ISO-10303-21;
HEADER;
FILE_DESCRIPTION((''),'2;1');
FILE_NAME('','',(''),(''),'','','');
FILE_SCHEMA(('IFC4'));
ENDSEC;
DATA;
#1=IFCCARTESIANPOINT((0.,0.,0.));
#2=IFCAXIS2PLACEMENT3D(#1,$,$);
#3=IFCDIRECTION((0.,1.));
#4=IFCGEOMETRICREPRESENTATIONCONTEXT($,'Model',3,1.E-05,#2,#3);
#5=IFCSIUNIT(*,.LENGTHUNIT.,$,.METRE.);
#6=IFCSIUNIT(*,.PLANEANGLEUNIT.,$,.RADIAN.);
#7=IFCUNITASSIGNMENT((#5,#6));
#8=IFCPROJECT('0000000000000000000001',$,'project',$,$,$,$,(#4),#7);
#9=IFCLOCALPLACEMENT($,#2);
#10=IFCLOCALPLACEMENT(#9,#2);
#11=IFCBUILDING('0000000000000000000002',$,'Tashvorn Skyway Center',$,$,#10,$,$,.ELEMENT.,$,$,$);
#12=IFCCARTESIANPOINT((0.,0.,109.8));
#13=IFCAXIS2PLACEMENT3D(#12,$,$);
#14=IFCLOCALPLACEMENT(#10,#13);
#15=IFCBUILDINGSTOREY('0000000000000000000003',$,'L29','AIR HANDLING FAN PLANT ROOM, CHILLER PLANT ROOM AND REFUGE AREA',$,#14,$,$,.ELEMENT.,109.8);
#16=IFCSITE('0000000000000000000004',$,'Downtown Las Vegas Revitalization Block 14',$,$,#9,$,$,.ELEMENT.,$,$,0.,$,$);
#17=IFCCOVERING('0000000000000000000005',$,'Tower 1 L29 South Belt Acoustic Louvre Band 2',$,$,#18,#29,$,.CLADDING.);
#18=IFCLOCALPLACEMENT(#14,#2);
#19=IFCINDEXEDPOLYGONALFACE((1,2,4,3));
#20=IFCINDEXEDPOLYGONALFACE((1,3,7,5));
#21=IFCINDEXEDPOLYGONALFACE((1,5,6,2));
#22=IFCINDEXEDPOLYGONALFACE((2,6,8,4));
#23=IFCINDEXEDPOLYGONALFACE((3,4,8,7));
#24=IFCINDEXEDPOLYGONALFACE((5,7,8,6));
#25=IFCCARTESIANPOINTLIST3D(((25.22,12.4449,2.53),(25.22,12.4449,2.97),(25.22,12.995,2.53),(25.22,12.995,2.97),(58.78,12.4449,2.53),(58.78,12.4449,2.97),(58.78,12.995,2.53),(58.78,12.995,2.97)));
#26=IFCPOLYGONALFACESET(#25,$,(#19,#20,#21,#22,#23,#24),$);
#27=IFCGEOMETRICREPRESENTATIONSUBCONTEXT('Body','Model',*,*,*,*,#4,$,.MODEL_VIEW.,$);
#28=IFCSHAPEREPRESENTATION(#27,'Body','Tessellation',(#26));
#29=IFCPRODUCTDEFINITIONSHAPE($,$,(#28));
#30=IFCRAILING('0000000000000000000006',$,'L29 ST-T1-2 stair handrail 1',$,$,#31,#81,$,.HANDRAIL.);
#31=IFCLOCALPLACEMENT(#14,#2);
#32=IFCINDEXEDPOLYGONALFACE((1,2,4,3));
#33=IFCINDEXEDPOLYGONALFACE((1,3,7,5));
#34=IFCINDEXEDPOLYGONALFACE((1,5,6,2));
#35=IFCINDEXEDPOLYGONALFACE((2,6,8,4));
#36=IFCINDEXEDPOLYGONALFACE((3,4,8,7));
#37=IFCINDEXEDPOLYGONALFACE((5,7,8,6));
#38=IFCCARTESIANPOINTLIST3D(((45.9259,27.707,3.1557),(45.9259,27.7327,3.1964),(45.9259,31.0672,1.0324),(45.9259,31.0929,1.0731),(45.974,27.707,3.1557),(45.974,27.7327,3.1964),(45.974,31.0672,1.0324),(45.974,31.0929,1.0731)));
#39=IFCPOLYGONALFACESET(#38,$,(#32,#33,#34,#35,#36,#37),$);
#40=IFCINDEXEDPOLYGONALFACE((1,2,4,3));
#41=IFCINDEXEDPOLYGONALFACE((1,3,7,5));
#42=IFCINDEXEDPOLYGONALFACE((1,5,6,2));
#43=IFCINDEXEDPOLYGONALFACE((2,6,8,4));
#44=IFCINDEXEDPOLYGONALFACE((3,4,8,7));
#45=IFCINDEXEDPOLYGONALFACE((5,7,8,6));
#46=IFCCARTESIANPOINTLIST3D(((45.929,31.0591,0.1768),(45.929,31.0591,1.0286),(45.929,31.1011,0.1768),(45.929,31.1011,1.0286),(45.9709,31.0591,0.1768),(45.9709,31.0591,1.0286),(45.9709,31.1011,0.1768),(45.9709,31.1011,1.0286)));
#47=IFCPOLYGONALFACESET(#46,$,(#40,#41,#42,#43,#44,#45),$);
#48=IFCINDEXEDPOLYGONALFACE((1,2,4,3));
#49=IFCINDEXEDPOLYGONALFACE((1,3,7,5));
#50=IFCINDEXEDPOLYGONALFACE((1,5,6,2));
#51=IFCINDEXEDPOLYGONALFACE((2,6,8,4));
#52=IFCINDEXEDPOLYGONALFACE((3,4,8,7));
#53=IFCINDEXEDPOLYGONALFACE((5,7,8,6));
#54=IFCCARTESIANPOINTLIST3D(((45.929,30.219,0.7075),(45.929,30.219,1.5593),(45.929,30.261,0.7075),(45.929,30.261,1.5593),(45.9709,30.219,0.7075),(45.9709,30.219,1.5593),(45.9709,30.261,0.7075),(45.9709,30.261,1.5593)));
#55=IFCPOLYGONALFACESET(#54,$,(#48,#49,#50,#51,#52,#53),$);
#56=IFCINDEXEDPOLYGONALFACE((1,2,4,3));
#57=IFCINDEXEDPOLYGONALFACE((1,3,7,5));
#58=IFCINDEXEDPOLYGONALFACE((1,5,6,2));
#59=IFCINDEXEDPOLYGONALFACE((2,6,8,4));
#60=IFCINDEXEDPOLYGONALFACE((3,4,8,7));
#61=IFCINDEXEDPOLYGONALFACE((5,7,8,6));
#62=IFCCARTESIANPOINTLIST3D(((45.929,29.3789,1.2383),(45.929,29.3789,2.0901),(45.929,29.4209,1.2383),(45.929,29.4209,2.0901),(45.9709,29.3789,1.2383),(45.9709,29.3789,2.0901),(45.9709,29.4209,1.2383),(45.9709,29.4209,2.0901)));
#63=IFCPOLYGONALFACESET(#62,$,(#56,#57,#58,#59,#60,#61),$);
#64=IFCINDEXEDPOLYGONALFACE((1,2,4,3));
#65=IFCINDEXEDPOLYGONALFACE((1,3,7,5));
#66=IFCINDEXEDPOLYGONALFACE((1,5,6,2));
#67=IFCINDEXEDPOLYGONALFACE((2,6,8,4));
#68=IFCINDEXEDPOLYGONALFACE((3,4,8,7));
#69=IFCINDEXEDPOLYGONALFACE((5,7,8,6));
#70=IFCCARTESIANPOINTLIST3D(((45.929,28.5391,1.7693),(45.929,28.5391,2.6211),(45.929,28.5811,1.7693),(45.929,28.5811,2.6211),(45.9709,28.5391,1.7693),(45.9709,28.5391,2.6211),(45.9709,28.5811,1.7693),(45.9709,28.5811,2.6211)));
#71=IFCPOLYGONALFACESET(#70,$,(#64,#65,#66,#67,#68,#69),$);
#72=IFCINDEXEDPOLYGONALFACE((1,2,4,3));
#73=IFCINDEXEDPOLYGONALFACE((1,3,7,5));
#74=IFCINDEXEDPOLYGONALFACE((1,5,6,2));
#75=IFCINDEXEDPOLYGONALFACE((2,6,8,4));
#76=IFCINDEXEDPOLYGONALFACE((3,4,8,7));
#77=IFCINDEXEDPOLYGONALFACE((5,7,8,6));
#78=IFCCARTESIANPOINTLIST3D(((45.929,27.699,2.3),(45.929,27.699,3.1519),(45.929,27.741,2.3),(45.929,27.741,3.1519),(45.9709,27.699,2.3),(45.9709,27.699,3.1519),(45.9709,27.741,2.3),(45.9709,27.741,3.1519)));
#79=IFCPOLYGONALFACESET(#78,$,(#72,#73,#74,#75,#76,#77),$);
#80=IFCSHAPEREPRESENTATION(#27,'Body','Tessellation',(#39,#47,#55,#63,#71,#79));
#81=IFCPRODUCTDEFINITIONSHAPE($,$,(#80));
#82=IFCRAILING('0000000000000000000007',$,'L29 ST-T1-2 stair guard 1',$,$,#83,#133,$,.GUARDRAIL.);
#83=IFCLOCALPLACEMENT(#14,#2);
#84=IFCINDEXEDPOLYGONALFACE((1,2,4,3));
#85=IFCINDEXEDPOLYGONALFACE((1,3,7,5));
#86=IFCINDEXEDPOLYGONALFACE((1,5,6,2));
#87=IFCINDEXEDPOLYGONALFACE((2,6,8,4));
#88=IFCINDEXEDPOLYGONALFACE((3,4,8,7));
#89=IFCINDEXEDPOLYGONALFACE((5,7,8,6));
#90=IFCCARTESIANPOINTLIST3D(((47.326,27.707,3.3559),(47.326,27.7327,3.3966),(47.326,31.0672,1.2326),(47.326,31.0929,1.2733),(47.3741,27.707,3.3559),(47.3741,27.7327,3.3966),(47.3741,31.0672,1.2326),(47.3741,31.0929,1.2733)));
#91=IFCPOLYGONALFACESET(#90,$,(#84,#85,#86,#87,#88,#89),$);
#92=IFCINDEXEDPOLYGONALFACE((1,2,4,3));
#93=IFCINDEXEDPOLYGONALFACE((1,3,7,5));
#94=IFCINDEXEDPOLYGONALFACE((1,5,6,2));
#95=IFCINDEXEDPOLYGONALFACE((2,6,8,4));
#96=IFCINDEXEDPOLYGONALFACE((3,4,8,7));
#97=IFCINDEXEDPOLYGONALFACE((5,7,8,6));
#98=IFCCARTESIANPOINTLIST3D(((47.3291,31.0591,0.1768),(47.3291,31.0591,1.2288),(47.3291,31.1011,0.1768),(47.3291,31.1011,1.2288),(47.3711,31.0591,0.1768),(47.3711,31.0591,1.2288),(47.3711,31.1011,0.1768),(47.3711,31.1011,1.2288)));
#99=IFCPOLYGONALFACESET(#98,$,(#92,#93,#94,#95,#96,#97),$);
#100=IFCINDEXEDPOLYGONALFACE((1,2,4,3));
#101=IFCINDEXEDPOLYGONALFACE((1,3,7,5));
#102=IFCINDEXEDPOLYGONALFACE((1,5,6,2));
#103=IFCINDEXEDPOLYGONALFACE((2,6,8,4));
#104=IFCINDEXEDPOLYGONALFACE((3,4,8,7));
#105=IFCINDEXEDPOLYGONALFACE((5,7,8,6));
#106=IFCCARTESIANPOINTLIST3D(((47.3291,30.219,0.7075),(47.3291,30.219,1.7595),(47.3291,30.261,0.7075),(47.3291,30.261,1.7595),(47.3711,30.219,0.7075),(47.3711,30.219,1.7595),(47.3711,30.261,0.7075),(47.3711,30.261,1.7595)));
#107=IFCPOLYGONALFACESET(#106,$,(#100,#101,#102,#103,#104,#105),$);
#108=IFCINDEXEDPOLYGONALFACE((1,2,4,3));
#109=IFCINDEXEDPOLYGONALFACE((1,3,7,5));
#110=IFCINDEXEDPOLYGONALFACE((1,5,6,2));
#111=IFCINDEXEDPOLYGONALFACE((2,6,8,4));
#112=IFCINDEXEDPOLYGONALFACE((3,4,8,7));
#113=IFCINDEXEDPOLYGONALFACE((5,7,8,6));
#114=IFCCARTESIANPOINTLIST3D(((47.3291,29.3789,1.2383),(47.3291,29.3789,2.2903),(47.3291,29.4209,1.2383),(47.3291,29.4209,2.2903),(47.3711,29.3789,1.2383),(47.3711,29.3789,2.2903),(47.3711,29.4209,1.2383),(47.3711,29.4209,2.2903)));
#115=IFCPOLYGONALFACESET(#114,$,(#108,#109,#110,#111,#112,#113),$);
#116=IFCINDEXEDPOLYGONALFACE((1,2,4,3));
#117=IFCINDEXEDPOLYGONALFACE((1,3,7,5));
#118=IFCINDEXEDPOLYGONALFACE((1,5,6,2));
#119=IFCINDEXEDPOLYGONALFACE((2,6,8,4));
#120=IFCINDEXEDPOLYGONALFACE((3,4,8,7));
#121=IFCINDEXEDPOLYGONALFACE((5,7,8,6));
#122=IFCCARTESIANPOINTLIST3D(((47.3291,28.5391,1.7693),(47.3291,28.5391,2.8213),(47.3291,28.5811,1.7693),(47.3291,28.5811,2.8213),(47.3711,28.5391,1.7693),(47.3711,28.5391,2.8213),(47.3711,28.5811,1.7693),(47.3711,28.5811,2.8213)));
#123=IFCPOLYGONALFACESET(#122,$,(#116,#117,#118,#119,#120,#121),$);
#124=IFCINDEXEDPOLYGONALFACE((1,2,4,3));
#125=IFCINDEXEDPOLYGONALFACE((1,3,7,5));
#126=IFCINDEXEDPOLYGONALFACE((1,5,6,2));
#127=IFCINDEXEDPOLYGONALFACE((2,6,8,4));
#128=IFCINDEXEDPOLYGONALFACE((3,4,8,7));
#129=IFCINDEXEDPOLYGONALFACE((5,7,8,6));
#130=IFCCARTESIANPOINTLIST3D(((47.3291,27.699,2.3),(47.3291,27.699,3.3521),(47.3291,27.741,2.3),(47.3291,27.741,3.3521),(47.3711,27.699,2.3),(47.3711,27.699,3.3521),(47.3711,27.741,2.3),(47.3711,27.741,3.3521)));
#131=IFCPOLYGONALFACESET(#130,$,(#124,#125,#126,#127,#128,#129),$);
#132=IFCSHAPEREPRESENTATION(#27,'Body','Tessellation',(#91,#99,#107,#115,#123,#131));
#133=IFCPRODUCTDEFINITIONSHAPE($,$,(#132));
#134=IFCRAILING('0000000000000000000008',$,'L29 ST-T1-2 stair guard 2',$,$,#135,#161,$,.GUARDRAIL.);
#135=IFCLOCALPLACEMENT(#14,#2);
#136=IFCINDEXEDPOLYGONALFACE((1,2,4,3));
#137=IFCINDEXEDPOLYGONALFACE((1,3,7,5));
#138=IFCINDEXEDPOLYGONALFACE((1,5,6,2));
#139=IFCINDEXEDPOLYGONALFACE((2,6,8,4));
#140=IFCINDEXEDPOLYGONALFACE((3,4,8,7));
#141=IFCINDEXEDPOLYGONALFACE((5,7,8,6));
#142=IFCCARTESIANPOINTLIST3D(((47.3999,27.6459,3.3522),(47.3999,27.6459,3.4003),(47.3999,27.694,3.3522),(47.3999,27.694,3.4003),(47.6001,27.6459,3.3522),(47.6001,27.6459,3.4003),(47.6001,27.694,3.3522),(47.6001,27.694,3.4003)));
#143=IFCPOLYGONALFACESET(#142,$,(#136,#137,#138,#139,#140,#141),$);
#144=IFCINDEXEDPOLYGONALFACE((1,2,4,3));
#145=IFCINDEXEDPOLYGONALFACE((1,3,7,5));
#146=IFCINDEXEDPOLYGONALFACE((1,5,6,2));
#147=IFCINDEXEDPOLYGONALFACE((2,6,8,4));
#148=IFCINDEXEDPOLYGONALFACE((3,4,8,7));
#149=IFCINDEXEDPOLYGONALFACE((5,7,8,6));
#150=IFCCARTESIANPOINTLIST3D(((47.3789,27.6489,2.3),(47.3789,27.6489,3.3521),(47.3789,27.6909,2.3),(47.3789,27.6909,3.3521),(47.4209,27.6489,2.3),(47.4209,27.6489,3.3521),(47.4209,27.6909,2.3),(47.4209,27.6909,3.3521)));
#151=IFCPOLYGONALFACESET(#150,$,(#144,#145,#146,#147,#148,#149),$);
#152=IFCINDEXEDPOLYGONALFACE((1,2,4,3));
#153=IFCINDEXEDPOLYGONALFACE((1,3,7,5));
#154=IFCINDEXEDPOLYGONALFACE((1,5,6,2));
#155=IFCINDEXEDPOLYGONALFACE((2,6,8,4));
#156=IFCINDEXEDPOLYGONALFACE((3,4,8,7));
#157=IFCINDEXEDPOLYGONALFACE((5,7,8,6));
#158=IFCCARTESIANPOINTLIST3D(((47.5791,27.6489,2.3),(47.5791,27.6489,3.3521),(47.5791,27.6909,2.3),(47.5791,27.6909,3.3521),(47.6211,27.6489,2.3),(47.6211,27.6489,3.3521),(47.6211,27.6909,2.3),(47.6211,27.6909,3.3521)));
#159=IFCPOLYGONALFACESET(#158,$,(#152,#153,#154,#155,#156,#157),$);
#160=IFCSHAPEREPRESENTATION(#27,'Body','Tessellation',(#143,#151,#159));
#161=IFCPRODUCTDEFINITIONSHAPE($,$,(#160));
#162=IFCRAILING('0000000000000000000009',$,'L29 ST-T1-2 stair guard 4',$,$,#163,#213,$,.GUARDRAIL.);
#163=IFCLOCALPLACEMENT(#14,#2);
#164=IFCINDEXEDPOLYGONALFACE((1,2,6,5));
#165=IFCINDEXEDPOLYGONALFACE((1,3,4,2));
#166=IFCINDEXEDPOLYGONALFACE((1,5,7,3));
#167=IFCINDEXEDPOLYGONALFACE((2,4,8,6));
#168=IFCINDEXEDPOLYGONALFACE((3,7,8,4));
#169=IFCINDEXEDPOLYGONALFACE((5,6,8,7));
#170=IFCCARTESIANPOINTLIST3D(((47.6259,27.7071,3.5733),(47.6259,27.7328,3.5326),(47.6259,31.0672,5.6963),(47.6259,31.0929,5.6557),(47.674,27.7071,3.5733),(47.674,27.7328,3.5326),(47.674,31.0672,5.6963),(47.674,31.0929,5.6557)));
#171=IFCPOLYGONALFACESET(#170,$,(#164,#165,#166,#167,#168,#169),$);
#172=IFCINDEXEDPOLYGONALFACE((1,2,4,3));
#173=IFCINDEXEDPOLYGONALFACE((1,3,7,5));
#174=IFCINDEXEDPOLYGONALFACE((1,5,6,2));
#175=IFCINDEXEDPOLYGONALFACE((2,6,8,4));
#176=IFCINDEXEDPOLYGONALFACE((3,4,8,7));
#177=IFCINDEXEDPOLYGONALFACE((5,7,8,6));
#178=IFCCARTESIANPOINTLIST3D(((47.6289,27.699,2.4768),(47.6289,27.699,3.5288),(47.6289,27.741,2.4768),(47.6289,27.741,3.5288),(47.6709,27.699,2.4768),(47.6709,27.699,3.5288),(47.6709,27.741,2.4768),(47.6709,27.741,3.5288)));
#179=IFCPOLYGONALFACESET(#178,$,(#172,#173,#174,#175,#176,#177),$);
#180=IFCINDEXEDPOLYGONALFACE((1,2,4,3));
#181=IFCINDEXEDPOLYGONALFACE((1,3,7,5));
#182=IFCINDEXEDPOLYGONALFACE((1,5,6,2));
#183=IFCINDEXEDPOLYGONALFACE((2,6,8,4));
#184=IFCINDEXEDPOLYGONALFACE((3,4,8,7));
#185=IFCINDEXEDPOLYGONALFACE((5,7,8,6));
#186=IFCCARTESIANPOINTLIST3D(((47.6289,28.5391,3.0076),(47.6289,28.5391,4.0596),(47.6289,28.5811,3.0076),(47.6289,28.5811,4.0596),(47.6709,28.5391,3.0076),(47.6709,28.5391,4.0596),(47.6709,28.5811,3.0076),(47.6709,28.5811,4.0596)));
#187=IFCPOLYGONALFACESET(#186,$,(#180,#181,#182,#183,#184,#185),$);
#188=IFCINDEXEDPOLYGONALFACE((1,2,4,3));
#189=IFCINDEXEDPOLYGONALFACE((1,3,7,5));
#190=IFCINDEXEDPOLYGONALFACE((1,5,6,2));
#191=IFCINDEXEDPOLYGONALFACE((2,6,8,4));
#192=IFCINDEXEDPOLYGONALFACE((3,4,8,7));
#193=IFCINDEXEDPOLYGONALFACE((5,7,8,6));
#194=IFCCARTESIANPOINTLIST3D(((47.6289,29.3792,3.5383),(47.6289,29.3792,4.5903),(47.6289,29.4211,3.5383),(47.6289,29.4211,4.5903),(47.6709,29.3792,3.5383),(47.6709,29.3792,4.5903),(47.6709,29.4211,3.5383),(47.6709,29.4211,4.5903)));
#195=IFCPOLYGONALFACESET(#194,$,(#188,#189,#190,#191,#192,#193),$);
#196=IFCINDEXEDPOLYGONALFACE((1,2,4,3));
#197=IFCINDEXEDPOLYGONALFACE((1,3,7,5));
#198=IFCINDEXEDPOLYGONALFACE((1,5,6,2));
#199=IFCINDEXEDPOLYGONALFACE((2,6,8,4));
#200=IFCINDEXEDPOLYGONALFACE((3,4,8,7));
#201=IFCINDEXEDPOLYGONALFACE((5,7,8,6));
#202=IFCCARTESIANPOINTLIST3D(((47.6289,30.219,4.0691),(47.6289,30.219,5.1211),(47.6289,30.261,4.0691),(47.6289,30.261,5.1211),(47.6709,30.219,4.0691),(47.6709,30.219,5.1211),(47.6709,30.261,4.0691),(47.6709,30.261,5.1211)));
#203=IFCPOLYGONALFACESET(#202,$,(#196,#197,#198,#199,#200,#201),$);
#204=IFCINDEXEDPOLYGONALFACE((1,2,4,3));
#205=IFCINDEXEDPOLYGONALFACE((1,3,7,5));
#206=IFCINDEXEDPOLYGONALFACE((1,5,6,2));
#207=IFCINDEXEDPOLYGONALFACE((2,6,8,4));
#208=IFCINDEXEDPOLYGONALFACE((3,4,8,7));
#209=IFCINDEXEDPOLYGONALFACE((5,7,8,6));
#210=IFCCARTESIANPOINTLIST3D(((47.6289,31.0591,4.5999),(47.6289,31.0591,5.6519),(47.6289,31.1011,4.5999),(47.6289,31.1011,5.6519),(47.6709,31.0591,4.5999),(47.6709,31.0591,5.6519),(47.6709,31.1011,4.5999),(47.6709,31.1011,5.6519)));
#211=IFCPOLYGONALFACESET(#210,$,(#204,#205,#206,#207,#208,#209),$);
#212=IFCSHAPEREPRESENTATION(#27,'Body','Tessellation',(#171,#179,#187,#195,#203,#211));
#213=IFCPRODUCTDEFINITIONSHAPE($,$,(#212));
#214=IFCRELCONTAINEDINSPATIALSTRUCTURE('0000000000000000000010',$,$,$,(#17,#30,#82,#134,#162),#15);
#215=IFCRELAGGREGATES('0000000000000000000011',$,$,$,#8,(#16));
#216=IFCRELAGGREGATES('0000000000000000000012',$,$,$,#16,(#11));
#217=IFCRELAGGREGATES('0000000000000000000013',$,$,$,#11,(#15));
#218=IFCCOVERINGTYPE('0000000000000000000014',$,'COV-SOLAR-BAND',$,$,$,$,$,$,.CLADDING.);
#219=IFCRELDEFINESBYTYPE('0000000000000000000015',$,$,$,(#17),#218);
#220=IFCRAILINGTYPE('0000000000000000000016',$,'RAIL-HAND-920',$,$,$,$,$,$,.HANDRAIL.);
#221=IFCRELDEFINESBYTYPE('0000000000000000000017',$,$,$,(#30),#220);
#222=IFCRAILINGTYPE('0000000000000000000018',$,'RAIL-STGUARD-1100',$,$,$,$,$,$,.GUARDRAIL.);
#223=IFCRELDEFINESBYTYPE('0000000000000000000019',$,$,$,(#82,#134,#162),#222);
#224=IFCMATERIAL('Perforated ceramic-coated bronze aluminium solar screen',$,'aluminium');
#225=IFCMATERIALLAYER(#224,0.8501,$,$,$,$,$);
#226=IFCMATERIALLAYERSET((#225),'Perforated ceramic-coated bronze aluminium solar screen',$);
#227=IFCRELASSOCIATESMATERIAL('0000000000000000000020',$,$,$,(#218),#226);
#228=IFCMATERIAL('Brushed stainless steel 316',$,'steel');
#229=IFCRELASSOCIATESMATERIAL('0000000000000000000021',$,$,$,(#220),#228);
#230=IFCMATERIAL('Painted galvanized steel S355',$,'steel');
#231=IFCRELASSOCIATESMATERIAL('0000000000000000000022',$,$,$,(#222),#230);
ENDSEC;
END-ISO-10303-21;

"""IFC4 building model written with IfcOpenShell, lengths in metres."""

from ifc_helpers import new_model, si_unit, direction, frame, origin, origin_2d, place, context, subcontext, project, spatial, rectangle, extrude, material, layer, layer_set, type_object, element, save


model = new_model("IFC4")

# Units and contexts
model_context = context("Model", 3, precision=1e-05, world=origin(), true_north=direction((0.0, 1.0)))
body_context = subcontext(model_context, "Body", "Model", "MODEL_VIEW")
ifc_project = project(units=[si_unit("LENGTHUNIT", "METRE"), si_unit("PLANEANGLEUNIT", "RADIAN")], contexts=[model_context])

# Site, building, storey
site_placement = place(None, origin())
site = spatial("IfcSite", under=ifc_project, at=site_placement, Name="Downtown Las Vegas Revitalization Block 14", CompositionType="ELEMENT", RefElevation=0.0)
building_placement = place(site_placement, origin())
building = spatial("IfcBuilding", under=site, at=building_placement, Name="Tashvorn Skyway Center", CompositionType="ELEMENT")
storey_placement = place(building_placement, frame((0.0, 0.0, 109.8)))
storey = spatial("IfcBuildingStorey", under=building, at=storey_placement, Name="L29", Description="AIR HANDLING FAN PLANT ROOM, CHILLER PLANT ROOM AND REFUGE AREA", CompositionType="ELEMENT", Elevation=109.8)

# Covering
ifc_material_1 = material(Name="Perforated ceramic-coated bronze aluminium solar screen", Category="aluminium")
ifc_layer_1 = layer(ifc_material_1, 0.8501)
ifc_layer_set_1 = layer_set([ifc_layer_1], Name="Perforated ceramic-coated bronze aluminium solar screen")
covering_type = type_object("IfcCoveringType", Name="COV-SOLAR-BAND", PredefinedType="CLADDING", material=ifc_layer_set_1)
for number, where, z_axis, x_axis, name in (
    (1, (42.0, 12.72, 2.53), (0.0, 0.0, 1.0), (-1.0, 0.0, 0.0), "Tower 1 L29 South Belt Acoustic Louvre Band 2"),
):
    element("IfcCovering", number, at=place(storey_placement, frame(where, z_axis=z_axis, x_axis=x_axis)), inside=storey, type_object=covering_type, Name=name, PredefinedType="CLADDING", context=body_context, shape_type="SweptSolid", body=[
        extrude(rectangle(XDim=33.5601, YDim=0.55, at=origin_2d()), origin(), (0.0, 0.0, 1.0), 0.4399),
    ])

# Railings
ifc_material_2 = material(Name="Brushed stainless steel 316", Category="steel")
railing_type_1 = type_object("IfcRailingType", Name="RAIL-HAND-920", PredefinedType="HANDRAIL", material=ifc_material_2)
railing_1_placement = place(storey_placement, frame((45.95, 31.0801, 0.1768)))
element("IfcRailing", 2, at=railing_1_placement, inside=storey, type_object=railing_type_1, Name="L29 ST-T1-2 stair handrail 1", PredefinedType="HANDRAIL", context=body_context, shape_type="SweptSolid", body=[
    extrude(rectangle(XDim=0.0481, YDim=0.0481, at=origin_2d()), frame((0.0, 0.0, 0.876), z_axis=(0.0, -0.845362, 0.534194), x_axis=(1.0, 0.0, 0.0)), (0.0, 0.0, 1.0), 3.9749),
    extrude(rectangle(XDim=0.042, YDim=0.042, at=origin_2d()), origin(), (0.0, 0.0, 1.0), 0.8518),
    extrude(rectangle(XDim=0.042, YDim=0.042, at=origin_2d()), frame((0.0, -0.8401, 0.5308)), (0.0, 0.0, 1.0), 0.8518),
    extrude(rectangle(XDim=0.042, YDim=0.042, at=origin_2d()), frame((0.0, -1.6802, 1.0615)), (0.0, 0.0, 1.0), 0.8518),
    extrude(rectangle(XDim=0.042, YDim=0.042, at=origin_2d()), frame((0.0, -2.52, 1.5925)), (0.0, 0.0, 1.0), 0.8518),
    extrude(rectangle(XDim=0.042, YDim=0.042, at=origin_2d()), frame((0.0, -3.3601, 2.1233)), (0.0, 0.0, 1.0), 0.8518),
])
ifc_material_3 = material(Name="Painted galvanized steel S355", Category="steel")
railing_type_2 = type_object("IfcRailingType", Name="RAIL-STGUARD-1100", PredefinedType="GUARDRAIL", material=ifc_material_3)
railing_2_placement = place(storey_placement, frame((47.3501, 31.0801, 0.1768)))
element("IfcRailing", 3, at=railing_2_placement, inside=storey, type_object=railing_type_2, Name="L29 ST-T1-2 stair guard 1", PredefinedType="GUARDRAIL", context=body_context, shape_type="SweptSolid", body=[
    extrude(rectangle(XDim=0.0481, YDim=0.0481, at=origin_2d()), frame((0.0, 0.0, 1.0762), z_axis=(0.0, -0.845362, 0.534194), x_axis=(1.0, 0.0, 0.0)), (0.0, 0.0, 1.0), 3.9749),
    extrude(rectangle(XDim=0.042, YDim=0.042, at=origin_2d()), origin(), (0.0, 0.0, 1.0), 1.052),
    extrude(rectangle(XDim=0.042, YDim=0.042, at=origin_2d()), frame((0.0, -0.8401, 0.5308)), (0.0, 0.0, 1.0), 1.052),
    extrude(rectangle(XDim=0.042, YDim=0.042, at=origin_2d()), frame((0.0, -1.6802, 1.0615)), (0.0, 0.0, 1.0), 1.052),
    extrude(rectangle(XDim=0.042, YDim=0.042, at=origin_2d()), frame((0.0, -2.52, 1.5925)), (0.0, 0.0, 1.0), 1.052),
    extrude(rectangle(XDim=0.042, YDim=0.042, at=origin_2d()), frame((0.0, -3.3601, 2.1233)), (0.0, 0.0, 1.0), 1.052),
])
railing_3_placement = place(storey_placement, frame((47.3999, 27.6699, 2.3)))
element("IfcRailing", 4, at=railing_3_placement, inside=storey, type_object=railing_type_2, Name="L29 ST-T1-2 stair guard 2", PredefinedType="GUARDRAIL", context=body_context, shape_type="SweptSolid", body=[
    extrude(rectangle(XDim=0.0481, YDim=0.0481, at=origin_2d()), frame((0.0, 0.0, 1.0762), z_axis=(1.0, 0.0, 0.0), x_axis=(0.0, 1.0, 0.0)), (0.0, 0.0, 1.0), 0.2002),
    extrude(rectangle(XDim=0.042, YDim=0.042, at=origin_2d()), origin(), (0.0, 0.0, 1.0), 1.052),
    extrude(rectangle(XDim=0.042, YDim=0.042, at=origin_2d()), frame((0.2002, 0.0, 0.0)), (0.0, 0.0, 1.0), 1.052),
])
railing_4_placement = place(storey_placement, frame((47.6499, 27.72, 2.4768)))
element("IfcRailing", 5, at=railing_4_placement, inside=storey, type_object=railing_type_2, Name="L29 ST-T1-2 stair guard 4", PredefinedType="GUARDRAIL", context=body_context, shape_type="SweptSolid", body=[
    extrude(rectangle(XDim=0.0481, YDim=0.0481, at=origin_2d()), frame((0.0, 0.0, 1.0762), z_axis=(0.0, 0.84539, 0.53415), x_axis=(-1.0, 0.0, 0.0)), (0.0, 0.0, 1.0), 3.9746),
    extrude(rectangle(XDim=0.042, YDim=0.042, at=origin_2d()), origin(), (0.0, 0.0, 1.0), 1.052),
    extrude(rectangle(XDim=0.042, YDim=0.042, at=origin_2d()), frame((0.0, 0.8401, 0.5308)), (0.0, 0.0, 1.0), 1.052),
    extrude(rectangle(XDim=0.042, YDim=0.042, at=origin_2d()), frame((0.0, 1.6802, 1.0615)), (0.0, 0.0, 1.0), 1.052),
    extrude(rectangle(XDim=0.042, YDim=0.042, at=origin_2d()), frame((0.0, 2.52, 1.5923)), (0.0, 0.0, 1.0), 1.052),
    extrude(rectangle(XDim=0.042, YDim=0.042, at=origin_2d()), frame((0.0, 3.3601, 2.123)), (0.0, 0.0, 1.0), 1.052),
])

save(model, "model.ifc")
